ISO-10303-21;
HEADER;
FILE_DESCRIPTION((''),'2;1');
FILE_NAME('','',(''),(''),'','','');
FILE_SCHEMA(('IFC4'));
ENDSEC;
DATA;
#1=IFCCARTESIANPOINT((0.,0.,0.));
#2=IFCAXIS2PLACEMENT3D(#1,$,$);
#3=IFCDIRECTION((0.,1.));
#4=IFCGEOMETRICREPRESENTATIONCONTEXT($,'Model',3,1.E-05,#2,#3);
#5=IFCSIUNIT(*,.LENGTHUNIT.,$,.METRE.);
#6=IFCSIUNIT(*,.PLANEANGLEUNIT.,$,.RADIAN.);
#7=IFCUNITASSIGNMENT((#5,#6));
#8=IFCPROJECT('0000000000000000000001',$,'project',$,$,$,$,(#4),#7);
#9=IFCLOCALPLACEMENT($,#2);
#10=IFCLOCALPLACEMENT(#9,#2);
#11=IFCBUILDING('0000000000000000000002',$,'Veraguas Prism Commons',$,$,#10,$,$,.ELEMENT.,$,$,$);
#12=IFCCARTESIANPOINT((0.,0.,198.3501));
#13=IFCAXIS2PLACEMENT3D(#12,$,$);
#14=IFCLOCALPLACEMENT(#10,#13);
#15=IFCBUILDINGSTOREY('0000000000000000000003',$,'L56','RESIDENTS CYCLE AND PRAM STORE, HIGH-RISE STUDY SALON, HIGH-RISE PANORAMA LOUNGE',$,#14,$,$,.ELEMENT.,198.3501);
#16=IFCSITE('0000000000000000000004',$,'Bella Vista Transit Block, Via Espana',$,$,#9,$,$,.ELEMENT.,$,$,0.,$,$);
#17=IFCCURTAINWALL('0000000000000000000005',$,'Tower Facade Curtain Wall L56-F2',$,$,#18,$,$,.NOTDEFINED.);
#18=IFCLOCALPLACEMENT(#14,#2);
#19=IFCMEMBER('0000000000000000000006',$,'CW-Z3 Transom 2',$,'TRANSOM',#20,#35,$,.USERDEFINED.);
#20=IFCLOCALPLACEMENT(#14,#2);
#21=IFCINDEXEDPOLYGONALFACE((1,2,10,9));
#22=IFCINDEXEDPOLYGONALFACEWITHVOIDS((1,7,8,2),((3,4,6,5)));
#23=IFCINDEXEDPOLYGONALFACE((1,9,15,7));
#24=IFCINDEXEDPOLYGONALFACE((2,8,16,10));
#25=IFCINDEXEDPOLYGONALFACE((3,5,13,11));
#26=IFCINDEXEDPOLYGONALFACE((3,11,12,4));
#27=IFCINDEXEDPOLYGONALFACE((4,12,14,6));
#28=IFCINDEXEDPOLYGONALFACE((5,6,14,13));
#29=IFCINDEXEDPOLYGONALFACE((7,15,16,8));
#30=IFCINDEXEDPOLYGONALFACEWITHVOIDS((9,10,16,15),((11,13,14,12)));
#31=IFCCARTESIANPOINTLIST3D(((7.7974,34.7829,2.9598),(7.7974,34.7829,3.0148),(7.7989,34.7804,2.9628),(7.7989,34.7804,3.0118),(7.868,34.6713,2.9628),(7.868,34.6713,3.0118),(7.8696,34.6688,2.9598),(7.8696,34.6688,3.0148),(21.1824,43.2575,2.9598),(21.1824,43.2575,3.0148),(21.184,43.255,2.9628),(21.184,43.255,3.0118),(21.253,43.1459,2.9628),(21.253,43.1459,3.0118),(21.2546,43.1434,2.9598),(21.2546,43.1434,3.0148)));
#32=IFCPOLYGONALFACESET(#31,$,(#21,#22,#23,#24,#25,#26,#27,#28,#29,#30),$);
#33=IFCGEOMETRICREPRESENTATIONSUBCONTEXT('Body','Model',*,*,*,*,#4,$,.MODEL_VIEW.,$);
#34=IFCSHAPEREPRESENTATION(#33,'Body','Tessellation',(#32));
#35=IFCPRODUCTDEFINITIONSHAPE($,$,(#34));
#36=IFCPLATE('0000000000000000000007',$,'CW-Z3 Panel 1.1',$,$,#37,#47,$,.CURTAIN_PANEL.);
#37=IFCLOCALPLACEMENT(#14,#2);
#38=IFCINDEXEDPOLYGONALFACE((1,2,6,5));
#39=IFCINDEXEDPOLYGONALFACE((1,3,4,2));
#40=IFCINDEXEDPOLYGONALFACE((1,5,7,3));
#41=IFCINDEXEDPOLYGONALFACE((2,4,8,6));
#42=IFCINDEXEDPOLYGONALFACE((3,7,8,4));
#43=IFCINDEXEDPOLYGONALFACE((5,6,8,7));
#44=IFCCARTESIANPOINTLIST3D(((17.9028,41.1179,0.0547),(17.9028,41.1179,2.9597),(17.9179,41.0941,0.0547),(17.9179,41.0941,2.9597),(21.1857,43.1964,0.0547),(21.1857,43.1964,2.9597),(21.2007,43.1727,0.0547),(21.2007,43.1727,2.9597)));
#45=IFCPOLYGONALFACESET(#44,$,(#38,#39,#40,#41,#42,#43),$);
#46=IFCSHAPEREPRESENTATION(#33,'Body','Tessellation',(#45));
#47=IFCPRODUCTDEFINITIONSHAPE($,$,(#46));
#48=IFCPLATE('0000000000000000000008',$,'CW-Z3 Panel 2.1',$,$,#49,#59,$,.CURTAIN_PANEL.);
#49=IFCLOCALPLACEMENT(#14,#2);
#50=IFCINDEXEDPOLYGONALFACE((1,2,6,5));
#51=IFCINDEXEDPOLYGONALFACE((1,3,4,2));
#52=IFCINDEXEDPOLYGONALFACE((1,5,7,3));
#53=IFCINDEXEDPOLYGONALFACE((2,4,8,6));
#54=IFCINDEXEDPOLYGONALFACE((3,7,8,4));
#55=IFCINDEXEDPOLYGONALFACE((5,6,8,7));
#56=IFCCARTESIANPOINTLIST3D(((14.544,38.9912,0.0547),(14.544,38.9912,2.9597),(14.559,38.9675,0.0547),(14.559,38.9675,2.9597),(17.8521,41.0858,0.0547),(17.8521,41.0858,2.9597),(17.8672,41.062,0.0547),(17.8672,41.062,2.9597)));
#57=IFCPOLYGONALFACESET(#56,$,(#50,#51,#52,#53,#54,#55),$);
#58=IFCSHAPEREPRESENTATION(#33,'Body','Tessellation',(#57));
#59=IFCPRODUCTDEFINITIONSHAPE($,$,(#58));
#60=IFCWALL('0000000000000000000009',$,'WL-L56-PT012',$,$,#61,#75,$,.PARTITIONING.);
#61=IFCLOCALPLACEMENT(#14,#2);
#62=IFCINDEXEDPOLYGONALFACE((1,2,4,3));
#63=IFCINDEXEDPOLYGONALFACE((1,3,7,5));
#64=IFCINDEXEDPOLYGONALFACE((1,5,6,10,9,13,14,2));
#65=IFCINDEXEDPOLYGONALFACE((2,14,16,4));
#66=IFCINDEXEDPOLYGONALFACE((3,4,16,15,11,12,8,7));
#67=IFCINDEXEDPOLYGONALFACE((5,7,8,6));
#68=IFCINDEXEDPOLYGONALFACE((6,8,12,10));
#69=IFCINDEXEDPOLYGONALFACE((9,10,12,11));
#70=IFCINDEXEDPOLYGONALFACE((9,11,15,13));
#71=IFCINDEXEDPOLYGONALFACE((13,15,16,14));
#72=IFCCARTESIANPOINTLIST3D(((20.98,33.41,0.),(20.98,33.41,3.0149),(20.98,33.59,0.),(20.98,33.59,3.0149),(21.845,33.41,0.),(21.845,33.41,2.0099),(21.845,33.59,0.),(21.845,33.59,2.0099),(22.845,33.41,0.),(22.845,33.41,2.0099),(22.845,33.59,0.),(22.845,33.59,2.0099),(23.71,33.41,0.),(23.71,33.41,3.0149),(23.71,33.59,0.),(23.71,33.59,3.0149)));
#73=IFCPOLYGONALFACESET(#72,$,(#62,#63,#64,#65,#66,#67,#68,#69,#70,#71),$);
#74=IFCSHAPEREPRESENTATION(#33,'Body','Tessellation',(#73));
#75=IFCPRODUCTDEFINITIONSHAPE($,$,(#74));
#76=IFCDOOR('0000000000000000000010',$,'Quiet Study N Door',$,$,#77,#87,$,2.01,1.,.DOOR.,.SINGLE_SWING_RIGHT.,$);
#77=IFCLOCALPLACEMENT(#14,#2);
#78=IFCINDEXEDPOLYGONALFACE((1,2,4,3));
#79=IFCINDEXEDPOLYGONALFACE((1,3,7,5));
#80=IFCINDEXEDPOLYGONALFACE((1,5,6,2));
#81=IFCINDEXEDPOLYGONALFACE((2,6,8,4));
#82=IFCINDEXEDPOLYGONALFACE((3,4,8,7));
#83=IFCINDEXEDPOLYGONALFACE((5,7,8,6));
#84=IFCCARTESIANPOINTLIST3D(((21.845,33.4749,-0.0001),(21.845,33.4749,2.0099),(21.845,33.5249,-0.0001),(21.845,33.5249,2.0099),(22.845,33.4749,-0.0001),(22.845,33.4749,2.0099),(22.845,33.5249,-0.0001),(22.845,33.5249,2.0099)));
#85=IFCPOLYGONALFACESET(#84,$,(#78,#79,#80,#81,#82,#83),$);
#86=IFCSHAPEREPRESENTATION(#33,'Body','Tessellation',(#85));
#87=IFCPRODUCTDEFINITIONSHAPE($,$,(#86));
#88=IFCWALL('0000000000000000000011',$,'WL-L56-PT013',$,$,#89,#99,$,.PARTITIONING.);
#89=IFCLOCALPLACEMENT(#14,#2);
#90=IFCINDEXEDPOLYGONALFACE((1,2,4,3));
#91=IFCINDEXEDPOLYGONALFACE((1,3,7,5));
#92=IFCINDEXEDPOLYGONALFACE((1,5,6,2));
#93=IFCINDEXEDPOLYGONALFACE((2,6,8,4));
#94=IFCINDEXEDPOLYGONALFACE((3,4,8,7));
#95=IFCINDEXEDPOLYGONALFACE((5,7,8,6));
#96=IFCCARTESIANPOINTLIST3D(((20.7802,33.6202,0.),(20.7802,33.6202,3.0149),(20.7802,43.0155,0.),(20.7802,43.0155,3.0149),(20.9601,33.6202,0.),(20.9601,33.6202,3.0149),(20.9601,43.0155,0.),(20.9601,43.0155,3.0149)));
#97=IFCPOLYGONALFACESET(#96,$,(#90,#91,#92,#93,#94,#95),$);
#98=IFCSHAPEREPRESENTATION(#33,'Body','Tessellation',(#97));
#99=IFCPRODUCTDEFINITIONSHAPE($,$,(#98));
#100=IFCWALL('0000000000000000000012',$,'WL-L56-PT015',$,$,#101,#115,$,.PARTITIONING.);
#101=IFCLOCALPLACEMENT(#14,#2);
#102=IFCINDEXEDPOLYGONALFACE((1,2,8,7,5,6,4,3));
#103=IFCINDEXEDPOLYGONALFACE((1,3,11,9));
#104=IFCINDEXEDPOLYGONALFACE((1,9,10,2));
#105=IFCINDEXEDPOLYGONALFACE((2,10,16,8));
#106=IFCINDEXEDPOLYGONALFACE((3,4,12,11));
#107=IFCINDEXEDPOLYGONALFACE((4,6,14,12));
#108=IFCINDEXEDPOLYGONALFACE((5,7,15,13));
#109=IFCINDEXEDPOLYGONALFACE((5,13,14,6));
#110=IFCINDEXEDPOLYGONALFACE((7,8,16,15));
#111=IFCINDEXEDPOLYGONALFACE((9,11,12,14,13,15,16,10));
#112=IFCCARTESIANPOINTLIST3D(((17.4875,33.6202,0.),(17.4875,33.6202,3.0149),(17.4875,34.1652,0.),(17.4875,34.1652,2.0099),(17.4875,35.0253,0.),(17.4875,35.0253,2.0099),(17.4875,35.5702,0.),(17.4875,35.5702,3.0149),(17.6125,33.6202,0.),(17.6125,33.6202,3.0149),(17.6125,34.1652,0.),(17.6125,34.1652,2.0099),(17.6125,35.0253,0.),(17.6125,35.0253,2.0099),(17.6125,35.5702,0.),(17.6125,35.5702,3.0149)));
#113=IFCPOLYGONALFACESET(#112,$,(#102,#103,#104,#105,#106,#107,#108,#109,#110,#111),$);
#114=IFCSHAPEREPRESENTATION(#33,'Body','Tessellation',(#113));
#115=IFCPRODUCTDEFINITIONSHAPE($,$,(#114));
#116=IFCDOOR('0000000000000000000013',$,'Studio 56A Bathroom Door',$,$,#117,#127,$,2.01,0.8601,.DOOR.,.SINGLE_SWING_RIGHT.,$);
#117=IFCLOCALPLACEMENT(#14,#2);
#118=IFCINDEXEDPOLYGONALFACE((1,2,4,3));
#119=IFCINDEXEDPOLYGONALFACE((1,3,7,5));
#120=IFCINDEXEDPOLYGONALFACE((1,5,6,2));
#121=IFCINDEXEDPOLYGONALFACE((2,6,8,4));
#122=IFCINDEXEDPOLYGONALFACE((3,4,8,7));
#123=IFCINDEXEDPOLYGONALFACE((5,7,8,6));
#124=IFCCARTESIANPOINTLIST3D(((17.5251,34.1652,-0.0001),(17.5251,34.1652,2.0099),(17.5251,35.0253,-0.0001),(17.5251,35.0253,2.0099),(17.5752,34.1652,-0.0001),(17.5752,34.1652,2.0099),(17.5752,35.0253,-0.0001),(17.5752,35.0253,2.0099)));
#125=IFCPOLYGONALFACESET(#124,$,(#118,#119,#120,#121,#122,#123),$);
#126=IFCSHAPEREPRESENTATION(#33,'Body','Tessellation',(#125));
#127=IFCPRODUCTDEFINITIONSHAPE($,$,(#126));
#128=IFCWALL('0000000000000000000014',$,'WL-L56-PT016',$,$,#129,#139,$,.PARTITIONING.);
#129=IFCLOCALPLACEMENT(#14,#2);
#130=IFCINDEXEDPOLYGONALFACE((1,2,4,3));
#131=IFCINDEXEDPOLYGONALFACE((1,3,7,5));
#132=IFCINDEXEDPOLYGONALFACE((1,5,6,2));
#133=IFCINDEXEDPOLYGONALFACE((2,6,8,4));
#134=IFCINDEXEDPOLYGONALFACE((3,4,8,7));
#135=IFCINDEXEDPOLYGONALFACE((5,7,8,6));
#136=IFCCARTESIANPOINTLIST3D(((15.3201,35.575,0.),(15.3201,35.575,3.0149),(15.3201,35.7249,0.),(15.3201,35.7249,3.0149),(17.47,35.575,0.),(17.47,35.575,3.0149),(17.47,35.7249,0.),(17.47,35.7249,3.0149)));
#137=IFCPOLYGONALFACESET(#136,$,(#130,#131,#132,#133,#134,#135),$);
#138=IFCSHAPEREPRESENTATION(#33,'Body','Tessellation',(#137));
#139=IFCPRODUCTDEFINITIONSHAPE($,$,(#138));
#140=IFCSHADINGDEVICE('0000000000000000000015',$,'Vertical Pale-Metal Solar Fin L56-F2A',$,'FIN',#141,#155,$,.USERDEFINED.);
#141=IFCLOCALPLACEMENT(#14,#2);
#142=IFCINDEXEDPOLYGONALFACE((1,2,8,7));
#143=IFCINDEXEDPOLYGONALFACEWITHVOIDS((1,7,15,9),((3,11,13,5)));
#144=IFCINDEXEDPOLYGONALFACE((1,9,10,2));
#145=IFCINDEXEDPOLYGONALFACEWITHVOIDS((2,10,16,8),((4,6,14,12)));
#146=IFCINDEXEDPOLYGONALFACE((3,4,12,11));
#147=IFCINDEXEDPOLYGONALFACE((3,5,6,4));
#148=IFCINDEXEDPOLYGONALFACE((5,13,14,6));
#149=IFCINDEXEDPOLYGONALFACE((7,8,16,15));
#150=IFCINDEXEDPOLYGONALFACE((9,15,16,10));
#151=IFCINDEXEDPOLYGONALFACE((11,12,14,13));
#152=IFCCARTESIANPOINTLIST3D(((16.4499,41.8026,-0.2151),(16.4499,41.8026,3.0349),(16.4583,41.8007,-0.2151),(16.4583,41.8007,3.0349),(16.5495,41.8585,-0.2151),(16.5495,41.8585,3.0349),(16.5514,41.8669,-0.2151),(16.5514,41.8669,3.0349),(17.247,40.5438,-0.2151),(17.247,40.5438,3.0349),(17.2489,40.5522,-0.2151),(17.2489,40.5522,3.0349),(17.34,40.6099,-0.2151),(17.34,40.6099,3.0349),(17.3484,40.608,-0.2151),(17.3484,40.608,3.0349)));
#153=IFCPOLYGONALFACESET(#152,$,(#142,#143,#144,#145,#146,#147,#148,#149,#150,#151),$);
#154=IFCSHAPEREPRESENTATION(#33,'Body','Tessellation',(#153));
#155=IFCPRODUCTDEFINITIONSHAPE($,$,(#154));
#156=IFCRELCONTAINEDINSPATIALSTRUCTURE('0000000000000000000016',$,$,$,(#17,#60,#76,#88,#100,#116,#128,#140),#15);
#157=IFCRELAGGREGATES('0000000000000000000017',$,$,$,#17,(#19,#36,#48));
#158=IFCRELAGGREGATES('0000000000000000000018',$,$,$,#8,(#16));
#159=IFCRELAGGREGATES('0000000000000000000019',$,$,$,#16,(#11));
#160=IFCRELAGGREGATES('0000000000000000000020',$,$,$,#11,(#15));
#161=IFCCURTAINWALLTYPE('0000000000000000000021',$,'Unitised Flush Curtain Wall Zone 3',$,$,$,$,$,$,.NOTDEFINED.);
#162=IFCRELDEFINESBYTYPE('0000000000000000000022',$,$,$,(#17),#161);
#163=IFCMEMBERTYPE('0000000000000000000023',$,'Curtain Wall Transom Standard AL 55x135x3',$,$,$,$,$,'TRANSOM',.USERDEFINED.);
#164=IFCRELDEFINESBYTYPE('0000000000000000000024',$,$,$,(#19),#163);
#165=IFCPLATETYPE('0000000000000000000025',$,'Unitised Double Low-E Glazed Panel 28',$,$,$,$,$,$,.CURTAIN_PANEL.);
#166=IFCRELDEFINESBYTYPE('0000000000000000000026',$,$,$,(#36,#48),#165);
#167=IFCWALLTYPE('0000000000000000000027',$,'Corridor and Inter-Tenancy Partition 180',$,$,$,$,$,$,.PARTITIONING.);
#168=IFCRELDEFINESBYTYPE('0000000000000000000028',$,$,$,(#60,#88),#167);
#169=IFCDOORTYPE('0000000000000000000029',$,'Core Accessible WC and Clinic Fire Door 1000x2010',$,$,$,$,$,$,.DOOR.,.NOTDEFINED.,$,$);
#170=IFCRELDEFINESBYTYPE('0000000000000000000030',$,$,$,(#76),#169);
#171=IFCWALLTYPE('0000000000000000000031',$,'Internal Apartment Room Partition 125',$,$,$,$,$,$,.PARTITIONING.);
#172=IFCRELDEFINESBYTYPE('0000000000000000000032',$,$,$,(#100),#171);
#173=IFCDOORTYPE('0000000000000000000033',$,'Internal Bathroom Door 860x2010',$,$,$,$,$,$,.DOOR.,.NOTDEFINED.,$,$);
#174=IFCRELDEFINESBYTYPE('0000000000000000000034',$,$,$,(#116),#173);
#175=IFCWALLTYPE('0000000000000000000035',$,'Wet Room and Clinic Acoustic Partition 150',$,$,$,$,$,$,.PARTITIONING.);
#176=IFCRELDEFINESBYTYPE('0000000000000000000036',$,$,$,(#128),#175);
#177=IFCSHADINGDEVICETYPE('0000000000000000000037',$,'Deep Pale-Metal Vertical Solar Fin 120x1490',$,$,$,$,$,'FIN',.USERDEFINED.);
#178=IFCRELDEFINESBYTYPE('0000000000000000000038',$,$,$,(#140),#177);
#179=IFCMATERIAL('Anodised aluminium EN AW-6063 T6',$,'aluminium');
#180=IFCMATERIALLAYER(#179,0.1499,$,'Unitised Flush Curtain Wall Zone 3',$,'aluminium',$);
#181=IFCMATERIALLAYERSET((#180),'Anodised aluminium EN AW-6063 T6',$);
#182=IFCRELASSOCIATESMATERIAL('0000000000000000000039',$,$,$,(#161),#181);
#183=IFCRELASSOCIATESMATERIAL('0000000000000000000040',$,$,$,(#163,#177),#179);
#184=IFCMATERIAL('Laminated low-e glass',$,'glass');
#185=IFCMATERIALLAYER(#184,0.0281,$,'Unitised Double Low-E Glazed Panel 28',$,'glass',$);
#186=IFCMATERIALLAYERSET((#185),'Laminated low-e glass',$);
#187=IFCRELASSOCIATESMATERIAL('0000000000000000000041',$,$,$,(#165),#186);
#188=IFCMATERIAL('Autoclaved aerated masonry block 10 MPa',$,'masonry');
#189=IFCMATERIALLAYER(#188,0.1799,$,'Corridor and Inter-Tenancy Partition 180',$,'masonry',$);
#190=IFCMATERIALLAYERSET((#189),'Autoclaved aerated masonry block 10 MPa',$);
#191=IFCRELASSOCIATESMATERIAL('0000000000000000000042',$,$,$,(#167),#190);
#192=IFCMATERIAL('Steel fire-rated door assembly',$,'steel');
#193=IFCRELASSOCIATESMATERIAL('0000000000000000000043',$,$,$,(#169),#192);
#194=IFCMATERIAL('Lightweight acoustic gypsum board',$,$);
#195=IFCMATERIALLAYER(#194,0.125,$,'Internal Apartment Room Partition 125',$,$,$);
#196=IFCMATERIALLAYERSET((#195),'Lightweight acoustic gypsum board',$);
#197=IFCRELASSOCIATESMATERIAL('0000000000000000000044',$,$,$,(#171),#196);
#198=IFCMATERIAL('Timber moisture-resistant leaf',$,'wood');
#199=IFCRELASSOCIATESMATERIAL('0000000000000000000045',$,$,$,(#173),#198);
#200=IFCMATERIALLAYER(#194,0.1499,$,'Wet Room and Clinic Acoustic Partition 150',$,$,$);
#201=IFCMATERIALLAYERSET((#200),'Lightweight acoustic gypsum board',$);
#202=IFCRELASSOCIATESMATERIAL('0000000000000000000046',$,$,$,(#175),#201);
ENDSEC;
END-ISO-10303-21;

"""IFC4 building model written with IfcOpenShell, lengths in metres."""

from ifc_helpers import new_model, si_unit, direction, frame, frame_2d, origin, origin_2d, place, context, subcontext, project, spatial, rectangle, hollow_rectangle, extrude, source, transform, mapped, material, layer, layer_set, material_profile, profile_set, type_object, element, fill, aggregate, save


model = new_model("IFC4")

# Units and contexts
model_context = context("Model", 3, precision=1e-05, world=origin(), true_north=direction((0.0, 1.0)))
body_context = subcontext(model_context, "Body", "Model", "MODEL_VIEW")
ifc_project = project(units=[si_unit("LENGTHUNIT", "METRE"), si_unit("PLANEANGLEUNIT", "RADIAN")], contexts=[model_context])

# Site, building, storey
site_placement = place(None, origin())
site = spatial("IfcSite", under=ifc_project, at=site_placement, Name="Bella Vista Transit Block, Via Espana", CompositionType="ELEMENT", RefElevation=0.0)
building_placement = place(site_placement, origin())
building = spatial("IfcBuilding", under=site, at=building_placement, Name="Veraguas Prism Commons", CompositionType="ELEMENT")
storey_placement = place(building_placement, frame((0.0, 0.0, 198.3501)))
storey = spatial("IfcBuildingStorey", under=building, at=storey_placement, Name="L56", Description="RESIDENTS CYCLE AND PRAM STORE, HIGH-RISE STUDY SALON, HIGH-RISE PANORAMA LOUNGE", CompositionType="ELEMENT", Elevation=198.3501)

# Curtain wall
ifc_material_1 = material(Name="Anodised aluminium EN AW-6063 T6", Category="aluminium")
ifc_layer_1 = layer(ifc_material_1, 0.1499, Name="Unitised Flush Curtain Wall Zone 3", Category="aluminium")
ifc_layer_set_1 = layer_set([ifc_layer_1], Name="Anodised aluminium EN AW-6063 T6")
curtain_wall_type = type_object("IfcCurtainWallType", Name="Unitised Flush Curtain Wall Zone 3", PredefinedType="NOTDEFINED", material=ifc_layer_set_1)
curtain_wall_1_placement = place(storey_placement, origin())
curtain_wall_1 = element("IfcCurtainWall", 1, at=curtain_wall_1_placement, inside=storey, type_object=curtain_wall_type, Name="Tower Facade Curtain Wall L56-F2", PredefinedType="NOTDEFINED")

# Member
ifc_material_profile_1 = material_profile(ifc_material_1, hollow_rectangle(XDim=0.0549, YDim=0.135, WallThickness=0.0029, at=origin_2d()), Name="AL55X135X3")
ifc_profile_set_1 = profile_set([ifc_material_profile_1], Name="Anodised aluminium EN AW-6063 T6")
member_type_1 = type_object("IfcMemberType", Name="Curtain Wall Transom Standard AL 55x135x3", ElementType="TRANSOM", PredefinedType="USERDEFINED", material=ifc_profile_set_1)
shared_shape_1 = source(origin(), body_context, "Body", "SweptSolid", [
    extrude(hollow_rectangle(XDim=0.0549, YDim=0.135, WallThickness=0.0029, at=origin_2d()), origin(), (0.0, 0.0, 1.0), 15.8423),
])
member_1_placement = place(storey_placement, frame((21.2185, 43.2004, 2.9873), z_axis=(-0.844892, -0.534937, 0.0), x_axis=(0.0, 0.0, 1.0)))
member_1 = element("IfcMember", 2, at=member_1_placement, type_object=member_type_1, Name="CW-Z3 Transom 2", ObjectType="TRANSOM", PredefinedType="USERDEFINED", context=body_context, shape_type="MappedRepresentation", body=[
    mapped(shared_shape_1, transform((0.0, 0.0, 0.0), scale=1.0)),
])

# Plates
ifc_material_2 = material(Name="Laminated low-e glass", Category="glass")
ifc_layer_2 = layer(ifc_material_2, 0.0281, Name="Unitised Double Low-E Glazed Panel 28", Category="glass")
ifc_layer_set_2 = layer_set([ifc_layer_2], Name="Laminated low-e glass")
plate_type = type_object("IfcPlateType", Name="Unitised Double Low-E Glazed Panel 28", PredefinedType="CURTAIN_PANEL", material=ifc_layer_set_2)
shared_shape_2 = source(origin(), body_context, "Body", "SweptSolid", [
    extrude(rectangle(XDim=3.8855, YDim=0.0281, at=origin_2d()), origin(), (0.0, 0.0, 1.0), 2.905),
])
plate_1_placement = place(storey_placement, frame((19.5518, 42.1453, 0.0547), z_axis=(0.0, 0.0, 1.0), x_axis=(-0.844887, -0.534945, 0.0)))
plate_1 = element("IfcPlate", 3, at=plate_1_placement, type_object=plate_type, Name="CW-Z3 Panel 1.1", PredefinedType="CURTAIN_PANEL", context=body_context, shape_type="MappedRepresentation", body=[
    mapped(shared_shape_2, transform((0.0, 0.0, 0.0), scale=1.0)),
])
shared_shape_3 = source(origin(), body_context, "Body", "SweptSolid", [
    extrude(rectangle(XDim=3.9155, YDim=0.0281, at=origin_2d()), origin(), (0.0, 0.0, 1.0), 2.905),
])
plate_2_placement = place(storey_placement, frame((16.2056, 40.0266, 0.0547), z_axis=(0.0, 0.0, 1.0), x_axis=(-0.844887, -0.534945, 0.0)))
plate_2 = element("IfcPlate", 4, at=plate_2_placement, type_object=plate_type, Name="CW-Z3 Panel 2.1", PredefinedType="CURTAIN_PANEL", context=body_context, shape_type="MappedRepresentation", body=[
    mapped(shared_shape_3, transform((0.0, 0.0, 0.0), scale=1.0)),
])
aggregate(curtain_wall_1, [member_1, plate_1, plate_2])

# Wall, opening, door
ifc_material_3 = material(Name="Autoclaved aerated masonry block 10 MPa", Category="masonry")
ifc_layer_3 = layer(ifc_material_3, 0.1799, Name="Corridor and Inter-Tenancy Partition 180", Category="masonry")
ifc_layer_set_3 = layer_set([ifc_layer_3], Name="Autoclaved aerated masonry block 10 MPa")
wall_type_1 = type_object("IfcWallType", Name="Corridor and Inter-Tenancy Partition 180", PredefinedType="PARTITIONING", material=ifc_layer_set_3)
wall_1_placement = place(storey_placement, frame((20.98, 33.5, 0.0), z_axis=(0.0, 0.0, 1.0), x_axis=(1.0, 0.0, 0.0)))
wall_1 = element("IfcWall", 5, at=wall_1_placement, inside=storey, type_object=wall_type_1, Name="WL-L56-PT012", PredefinedType="PARTITIONING", context=body_context, shape_type="SweptSolid", body=[
    extrude(rectangle(XDim=2.73, YDim=0.1799, at=frame_2d((1.365, 0.0))), origin(), (0.0, 0.0, 1.0), 3.0149),
])
opening_1_placement = place(wall_1_placement, frame((0.865, 0.0, 0.0)))
opening_1 = element("IfcOpeningElement", 6, at=opening_1_placement, cuts=wall_1, PredefinedType="OPENING", context=body_context, shape_type="SweptSolid", body=[
    extrude(rectangle(XDim=1.0, YDim=2.01, at=frame_2d((0.5, 1.0049))), frame((0.0, 0.0999, 0.0), z_axis=(0.0, -1.0, 0.0), x_axis=(1.0, 0.0, 0.0)), (0.0, 0.0, 1.0), 0.2),
])
ifc_material_4 = material(Name="Steel fire-rated door assembly", Category="steel")
door_type_1 = type_object("IfcDoorType", Name="Core Accessible WC and Clinic Fire Door 1000x2010", OperationType="NOTDEFINED", PredefinedType="DOOR", material=ifc_material_4)
shared_shape_4 = source(origin(), body_context, "Body", "SweptSolid", [
    extrude(rectangle(XDim=1.0, YDim=2.01, at=frame_2d((0.5, 1.0049))), frame((0.0, 0.0249, 0.0), z_axis=(0.0, -1.0, 0.0), x_axis=(1.0, 0.0, 0.0)), (0.0, 0.0, 1.0), 0.05),
])
door_1_placement = place(opening_1_placement, origin())
door_1 = element("IfcDoor", 7, at=door_1_placement, inside=storey, type_object=door_type_1, Name="Quiet Study N Door", OperationType="SINGLE_SWING_RIGHT", OverallHeight=2.01, OverallWidth=1.0, PredefinedType="DOOR", context=body_context, shape_type="MappedRepresentation", body=[
    mapped(shared_shape_4, transform((0.0, 0.0, 0.0), scale=1.0)),
])
fill(opening_1, door_1)

# Wall
wall_2_placement = place(storey_placement, frame((20.8701, 33.6201, 0.0), z_axis=(0.0, 0.0, 1.0), x_axis=(0.0, 1.0, 0.0)))
element("IfcWall", 8, at=wall_2_placement, inside=storey, type_object=wall_type_1, Name="WL-L56-PT013", PredefinedType="PARTITIONING", context=body_context, shape_type="SweptSolid", body=[
    extrude(rectangle(XDim=9.3953, YDim=0.1799, at=frame_2d((4.6978, 0.0))), origin(), (0.0, 0.0, 1.0), 3.0149),
])

# Wall, opening, door
ifc_material_5 = material(Name="Lightweight acoustic gypsum board")
ifc_layer_4 = layer(ifc_material_5, 0.125, Name="Internal Apartment Room Partition 125")
ifc_layer_set_4 = layer_set([ifc_layer_4], Name="Lightweight acoustic gypsum board")
wall_type_2 = type_object("IfcWallType", Name="Internal Apartment Room Partition 125", PredefinedType="PARTITIONING", material=ifc_layer_set_4)
wall_3_placement = place(storey_placement, frame((17.55, 33.6201, 0.0), z_axis=(0.0, 0.0, 1.0), x_axis=(0.0, 1.0, 0.0)))
wall_3 = element("IfcWall", 9, at=wall_3_placement, inside=storey, type_object=wall_type_2, Name="WL-L56-PT015", PredefinedType="PARTITIONING", context=body_context, shape_type="SweptSolid", body=[
    extrude(rectangle(XDim=1.95, YDim=0.125, at=frame_2d((0.9751, 0.0))), origin(), (0.0, 0.0, 1.0), 3.0149),
])
opening_2_placement = place(wall_3_placement, frame((0.5449, 0.0, 0.0)))
opening_2 = element("IfcOpeningElement", 10, at=opening_2_placement, cuts=wall_3, PredefinedType="OPENING", context=body_context, shape_type="SweptSolid", body=[
    extrude(rectangle(XDim=0.8601, YDim=2.01, at=frame_2d((0.4302, 1.0049))), frame((0.0, 0.0725, 0.0), z_axis=(0.0, -1.0, 0.0), x_axis=(1.0, 0.0, 0.0)), (0.0, 0.0, 1.0), 0.145),
])
ifc_material_6 = material(Name="Timber moisture-resistant leaf", Category="wood")
door_type_2 = type_object("IfcDoorType", Name="Internal Bathroom Door 860x2010", OperationType="NOTDEFINED", PredefinedType="DOOR", material=ifc_material_6)
shared_shape_5 = source(origin(), body_context, "Body", "SweptSolid", [
    extrude(rectangle(XDim=0.8601, YDim=2.01, at=frame_2d((0.4302, 1.0049))), frame((0.0, 0.0249, 0.0), z_axis=(0.0, -1.0, 0.0), x_axis=(1.0, 0.0, 0.0)), (0.0, 0.0, 1.0), 0.05),
])
door_2_placement = place(opening_2_placement, origin())
door_2 = element("IfcDoor", 11, at=door_2_placement, inside=storey, type_object=door_type_2, Name="Studio 56A Bathroom Door", OperationType="SINGLE_SWING_RIGHT", OverallHeight=2.01, OverallWidth=0.8601, PredefinedType="DOOR", context=body_context, shape_type="MappedRepresentation", body=[
    mapped(shared_shape_5, transform((0.0, 0.0, 0.0), scale=1.0)),
])
fill(opening_2, door_2)

# Wall
ifc_layer_5 = layer(ifc_material_5, 0.1499, Name="Wet Room and Clinic Acoustic Partition 150")
ifc_layer_set_5 = layer_set([ifc_layer_5], Name="Lightweight acoustic gypsum board")
wall_type_3 = type_object("IfcWallType", Name="Wet Room and Clinic Acoustic Partition 150", PredefinedType="PARTITIONING", material=ifc_layer_set_5)
wall_4_placement = place(storey_placement, frame((15.3201, 35.6499, 0.0), z_axis=(0.0, 0.0, 1.0), x_axis=(1.0, 0.0, 0.0)))
element("IfcWall", 12, at=wall_4_placement, inside=storey, type_object=wall_type_3, Name="WL-L56-PT016", PredefinedType="PARTITIONING", context=body_context, shape_type="SweptSolid", body=[
    extrude(rectangle(XDim=2.1499, YDim=0.1499, at=frame_2d((1.075, 0.0))), origin(), (0.0, 0.0, 1.0), 3.0149),
])

# Shading device
ifc_material_profile_2 = material_profile(ifc_material_1, hollow_rectangle(XDim=0.1201, YDim=1.49, WallThickness=0.0061, at=origin_2d()), Name="FIN120X1490X6")
ifc_profile_set_2 = profile_set([ifc_material_profile_2], Name="Anodised aluminium EN AW-6063 T6")
shading_device_type = type_object("IfcShadingDeviceType", Name="Deep Pale-Metal Vertical Solar Fin 120x1490", ElementType="FIN", PredefinedType="USERDEFINED", material=ifc_profile_set_2)
shading_device_placement = place(storey_placement, frame((16.8992, 41.2053, -0.2151), z_axis=(0.0, 0.0, 1.0), x_axis=(-0.844887, -0.534945, 0.0)))
element("IfcShadingDevice", 13, at=shading_device_placement, inside=storey, type_object=shading_device_type, Name="Vertical Pale-Metal Solar Fin L56-F2A", ObjectType="FIN", PredefinedType="USERDEFINED", context=body_context, shape_type="SweptSolid", body=[
    extrude(hollow_rectangle(XDim=0.1201, YDim=1.49, WallThickness=0.0061, at=origin_2d()), origin(), (0.0, 0.0, 1.0), 3.25),
])

save(model, "model.ifc")
